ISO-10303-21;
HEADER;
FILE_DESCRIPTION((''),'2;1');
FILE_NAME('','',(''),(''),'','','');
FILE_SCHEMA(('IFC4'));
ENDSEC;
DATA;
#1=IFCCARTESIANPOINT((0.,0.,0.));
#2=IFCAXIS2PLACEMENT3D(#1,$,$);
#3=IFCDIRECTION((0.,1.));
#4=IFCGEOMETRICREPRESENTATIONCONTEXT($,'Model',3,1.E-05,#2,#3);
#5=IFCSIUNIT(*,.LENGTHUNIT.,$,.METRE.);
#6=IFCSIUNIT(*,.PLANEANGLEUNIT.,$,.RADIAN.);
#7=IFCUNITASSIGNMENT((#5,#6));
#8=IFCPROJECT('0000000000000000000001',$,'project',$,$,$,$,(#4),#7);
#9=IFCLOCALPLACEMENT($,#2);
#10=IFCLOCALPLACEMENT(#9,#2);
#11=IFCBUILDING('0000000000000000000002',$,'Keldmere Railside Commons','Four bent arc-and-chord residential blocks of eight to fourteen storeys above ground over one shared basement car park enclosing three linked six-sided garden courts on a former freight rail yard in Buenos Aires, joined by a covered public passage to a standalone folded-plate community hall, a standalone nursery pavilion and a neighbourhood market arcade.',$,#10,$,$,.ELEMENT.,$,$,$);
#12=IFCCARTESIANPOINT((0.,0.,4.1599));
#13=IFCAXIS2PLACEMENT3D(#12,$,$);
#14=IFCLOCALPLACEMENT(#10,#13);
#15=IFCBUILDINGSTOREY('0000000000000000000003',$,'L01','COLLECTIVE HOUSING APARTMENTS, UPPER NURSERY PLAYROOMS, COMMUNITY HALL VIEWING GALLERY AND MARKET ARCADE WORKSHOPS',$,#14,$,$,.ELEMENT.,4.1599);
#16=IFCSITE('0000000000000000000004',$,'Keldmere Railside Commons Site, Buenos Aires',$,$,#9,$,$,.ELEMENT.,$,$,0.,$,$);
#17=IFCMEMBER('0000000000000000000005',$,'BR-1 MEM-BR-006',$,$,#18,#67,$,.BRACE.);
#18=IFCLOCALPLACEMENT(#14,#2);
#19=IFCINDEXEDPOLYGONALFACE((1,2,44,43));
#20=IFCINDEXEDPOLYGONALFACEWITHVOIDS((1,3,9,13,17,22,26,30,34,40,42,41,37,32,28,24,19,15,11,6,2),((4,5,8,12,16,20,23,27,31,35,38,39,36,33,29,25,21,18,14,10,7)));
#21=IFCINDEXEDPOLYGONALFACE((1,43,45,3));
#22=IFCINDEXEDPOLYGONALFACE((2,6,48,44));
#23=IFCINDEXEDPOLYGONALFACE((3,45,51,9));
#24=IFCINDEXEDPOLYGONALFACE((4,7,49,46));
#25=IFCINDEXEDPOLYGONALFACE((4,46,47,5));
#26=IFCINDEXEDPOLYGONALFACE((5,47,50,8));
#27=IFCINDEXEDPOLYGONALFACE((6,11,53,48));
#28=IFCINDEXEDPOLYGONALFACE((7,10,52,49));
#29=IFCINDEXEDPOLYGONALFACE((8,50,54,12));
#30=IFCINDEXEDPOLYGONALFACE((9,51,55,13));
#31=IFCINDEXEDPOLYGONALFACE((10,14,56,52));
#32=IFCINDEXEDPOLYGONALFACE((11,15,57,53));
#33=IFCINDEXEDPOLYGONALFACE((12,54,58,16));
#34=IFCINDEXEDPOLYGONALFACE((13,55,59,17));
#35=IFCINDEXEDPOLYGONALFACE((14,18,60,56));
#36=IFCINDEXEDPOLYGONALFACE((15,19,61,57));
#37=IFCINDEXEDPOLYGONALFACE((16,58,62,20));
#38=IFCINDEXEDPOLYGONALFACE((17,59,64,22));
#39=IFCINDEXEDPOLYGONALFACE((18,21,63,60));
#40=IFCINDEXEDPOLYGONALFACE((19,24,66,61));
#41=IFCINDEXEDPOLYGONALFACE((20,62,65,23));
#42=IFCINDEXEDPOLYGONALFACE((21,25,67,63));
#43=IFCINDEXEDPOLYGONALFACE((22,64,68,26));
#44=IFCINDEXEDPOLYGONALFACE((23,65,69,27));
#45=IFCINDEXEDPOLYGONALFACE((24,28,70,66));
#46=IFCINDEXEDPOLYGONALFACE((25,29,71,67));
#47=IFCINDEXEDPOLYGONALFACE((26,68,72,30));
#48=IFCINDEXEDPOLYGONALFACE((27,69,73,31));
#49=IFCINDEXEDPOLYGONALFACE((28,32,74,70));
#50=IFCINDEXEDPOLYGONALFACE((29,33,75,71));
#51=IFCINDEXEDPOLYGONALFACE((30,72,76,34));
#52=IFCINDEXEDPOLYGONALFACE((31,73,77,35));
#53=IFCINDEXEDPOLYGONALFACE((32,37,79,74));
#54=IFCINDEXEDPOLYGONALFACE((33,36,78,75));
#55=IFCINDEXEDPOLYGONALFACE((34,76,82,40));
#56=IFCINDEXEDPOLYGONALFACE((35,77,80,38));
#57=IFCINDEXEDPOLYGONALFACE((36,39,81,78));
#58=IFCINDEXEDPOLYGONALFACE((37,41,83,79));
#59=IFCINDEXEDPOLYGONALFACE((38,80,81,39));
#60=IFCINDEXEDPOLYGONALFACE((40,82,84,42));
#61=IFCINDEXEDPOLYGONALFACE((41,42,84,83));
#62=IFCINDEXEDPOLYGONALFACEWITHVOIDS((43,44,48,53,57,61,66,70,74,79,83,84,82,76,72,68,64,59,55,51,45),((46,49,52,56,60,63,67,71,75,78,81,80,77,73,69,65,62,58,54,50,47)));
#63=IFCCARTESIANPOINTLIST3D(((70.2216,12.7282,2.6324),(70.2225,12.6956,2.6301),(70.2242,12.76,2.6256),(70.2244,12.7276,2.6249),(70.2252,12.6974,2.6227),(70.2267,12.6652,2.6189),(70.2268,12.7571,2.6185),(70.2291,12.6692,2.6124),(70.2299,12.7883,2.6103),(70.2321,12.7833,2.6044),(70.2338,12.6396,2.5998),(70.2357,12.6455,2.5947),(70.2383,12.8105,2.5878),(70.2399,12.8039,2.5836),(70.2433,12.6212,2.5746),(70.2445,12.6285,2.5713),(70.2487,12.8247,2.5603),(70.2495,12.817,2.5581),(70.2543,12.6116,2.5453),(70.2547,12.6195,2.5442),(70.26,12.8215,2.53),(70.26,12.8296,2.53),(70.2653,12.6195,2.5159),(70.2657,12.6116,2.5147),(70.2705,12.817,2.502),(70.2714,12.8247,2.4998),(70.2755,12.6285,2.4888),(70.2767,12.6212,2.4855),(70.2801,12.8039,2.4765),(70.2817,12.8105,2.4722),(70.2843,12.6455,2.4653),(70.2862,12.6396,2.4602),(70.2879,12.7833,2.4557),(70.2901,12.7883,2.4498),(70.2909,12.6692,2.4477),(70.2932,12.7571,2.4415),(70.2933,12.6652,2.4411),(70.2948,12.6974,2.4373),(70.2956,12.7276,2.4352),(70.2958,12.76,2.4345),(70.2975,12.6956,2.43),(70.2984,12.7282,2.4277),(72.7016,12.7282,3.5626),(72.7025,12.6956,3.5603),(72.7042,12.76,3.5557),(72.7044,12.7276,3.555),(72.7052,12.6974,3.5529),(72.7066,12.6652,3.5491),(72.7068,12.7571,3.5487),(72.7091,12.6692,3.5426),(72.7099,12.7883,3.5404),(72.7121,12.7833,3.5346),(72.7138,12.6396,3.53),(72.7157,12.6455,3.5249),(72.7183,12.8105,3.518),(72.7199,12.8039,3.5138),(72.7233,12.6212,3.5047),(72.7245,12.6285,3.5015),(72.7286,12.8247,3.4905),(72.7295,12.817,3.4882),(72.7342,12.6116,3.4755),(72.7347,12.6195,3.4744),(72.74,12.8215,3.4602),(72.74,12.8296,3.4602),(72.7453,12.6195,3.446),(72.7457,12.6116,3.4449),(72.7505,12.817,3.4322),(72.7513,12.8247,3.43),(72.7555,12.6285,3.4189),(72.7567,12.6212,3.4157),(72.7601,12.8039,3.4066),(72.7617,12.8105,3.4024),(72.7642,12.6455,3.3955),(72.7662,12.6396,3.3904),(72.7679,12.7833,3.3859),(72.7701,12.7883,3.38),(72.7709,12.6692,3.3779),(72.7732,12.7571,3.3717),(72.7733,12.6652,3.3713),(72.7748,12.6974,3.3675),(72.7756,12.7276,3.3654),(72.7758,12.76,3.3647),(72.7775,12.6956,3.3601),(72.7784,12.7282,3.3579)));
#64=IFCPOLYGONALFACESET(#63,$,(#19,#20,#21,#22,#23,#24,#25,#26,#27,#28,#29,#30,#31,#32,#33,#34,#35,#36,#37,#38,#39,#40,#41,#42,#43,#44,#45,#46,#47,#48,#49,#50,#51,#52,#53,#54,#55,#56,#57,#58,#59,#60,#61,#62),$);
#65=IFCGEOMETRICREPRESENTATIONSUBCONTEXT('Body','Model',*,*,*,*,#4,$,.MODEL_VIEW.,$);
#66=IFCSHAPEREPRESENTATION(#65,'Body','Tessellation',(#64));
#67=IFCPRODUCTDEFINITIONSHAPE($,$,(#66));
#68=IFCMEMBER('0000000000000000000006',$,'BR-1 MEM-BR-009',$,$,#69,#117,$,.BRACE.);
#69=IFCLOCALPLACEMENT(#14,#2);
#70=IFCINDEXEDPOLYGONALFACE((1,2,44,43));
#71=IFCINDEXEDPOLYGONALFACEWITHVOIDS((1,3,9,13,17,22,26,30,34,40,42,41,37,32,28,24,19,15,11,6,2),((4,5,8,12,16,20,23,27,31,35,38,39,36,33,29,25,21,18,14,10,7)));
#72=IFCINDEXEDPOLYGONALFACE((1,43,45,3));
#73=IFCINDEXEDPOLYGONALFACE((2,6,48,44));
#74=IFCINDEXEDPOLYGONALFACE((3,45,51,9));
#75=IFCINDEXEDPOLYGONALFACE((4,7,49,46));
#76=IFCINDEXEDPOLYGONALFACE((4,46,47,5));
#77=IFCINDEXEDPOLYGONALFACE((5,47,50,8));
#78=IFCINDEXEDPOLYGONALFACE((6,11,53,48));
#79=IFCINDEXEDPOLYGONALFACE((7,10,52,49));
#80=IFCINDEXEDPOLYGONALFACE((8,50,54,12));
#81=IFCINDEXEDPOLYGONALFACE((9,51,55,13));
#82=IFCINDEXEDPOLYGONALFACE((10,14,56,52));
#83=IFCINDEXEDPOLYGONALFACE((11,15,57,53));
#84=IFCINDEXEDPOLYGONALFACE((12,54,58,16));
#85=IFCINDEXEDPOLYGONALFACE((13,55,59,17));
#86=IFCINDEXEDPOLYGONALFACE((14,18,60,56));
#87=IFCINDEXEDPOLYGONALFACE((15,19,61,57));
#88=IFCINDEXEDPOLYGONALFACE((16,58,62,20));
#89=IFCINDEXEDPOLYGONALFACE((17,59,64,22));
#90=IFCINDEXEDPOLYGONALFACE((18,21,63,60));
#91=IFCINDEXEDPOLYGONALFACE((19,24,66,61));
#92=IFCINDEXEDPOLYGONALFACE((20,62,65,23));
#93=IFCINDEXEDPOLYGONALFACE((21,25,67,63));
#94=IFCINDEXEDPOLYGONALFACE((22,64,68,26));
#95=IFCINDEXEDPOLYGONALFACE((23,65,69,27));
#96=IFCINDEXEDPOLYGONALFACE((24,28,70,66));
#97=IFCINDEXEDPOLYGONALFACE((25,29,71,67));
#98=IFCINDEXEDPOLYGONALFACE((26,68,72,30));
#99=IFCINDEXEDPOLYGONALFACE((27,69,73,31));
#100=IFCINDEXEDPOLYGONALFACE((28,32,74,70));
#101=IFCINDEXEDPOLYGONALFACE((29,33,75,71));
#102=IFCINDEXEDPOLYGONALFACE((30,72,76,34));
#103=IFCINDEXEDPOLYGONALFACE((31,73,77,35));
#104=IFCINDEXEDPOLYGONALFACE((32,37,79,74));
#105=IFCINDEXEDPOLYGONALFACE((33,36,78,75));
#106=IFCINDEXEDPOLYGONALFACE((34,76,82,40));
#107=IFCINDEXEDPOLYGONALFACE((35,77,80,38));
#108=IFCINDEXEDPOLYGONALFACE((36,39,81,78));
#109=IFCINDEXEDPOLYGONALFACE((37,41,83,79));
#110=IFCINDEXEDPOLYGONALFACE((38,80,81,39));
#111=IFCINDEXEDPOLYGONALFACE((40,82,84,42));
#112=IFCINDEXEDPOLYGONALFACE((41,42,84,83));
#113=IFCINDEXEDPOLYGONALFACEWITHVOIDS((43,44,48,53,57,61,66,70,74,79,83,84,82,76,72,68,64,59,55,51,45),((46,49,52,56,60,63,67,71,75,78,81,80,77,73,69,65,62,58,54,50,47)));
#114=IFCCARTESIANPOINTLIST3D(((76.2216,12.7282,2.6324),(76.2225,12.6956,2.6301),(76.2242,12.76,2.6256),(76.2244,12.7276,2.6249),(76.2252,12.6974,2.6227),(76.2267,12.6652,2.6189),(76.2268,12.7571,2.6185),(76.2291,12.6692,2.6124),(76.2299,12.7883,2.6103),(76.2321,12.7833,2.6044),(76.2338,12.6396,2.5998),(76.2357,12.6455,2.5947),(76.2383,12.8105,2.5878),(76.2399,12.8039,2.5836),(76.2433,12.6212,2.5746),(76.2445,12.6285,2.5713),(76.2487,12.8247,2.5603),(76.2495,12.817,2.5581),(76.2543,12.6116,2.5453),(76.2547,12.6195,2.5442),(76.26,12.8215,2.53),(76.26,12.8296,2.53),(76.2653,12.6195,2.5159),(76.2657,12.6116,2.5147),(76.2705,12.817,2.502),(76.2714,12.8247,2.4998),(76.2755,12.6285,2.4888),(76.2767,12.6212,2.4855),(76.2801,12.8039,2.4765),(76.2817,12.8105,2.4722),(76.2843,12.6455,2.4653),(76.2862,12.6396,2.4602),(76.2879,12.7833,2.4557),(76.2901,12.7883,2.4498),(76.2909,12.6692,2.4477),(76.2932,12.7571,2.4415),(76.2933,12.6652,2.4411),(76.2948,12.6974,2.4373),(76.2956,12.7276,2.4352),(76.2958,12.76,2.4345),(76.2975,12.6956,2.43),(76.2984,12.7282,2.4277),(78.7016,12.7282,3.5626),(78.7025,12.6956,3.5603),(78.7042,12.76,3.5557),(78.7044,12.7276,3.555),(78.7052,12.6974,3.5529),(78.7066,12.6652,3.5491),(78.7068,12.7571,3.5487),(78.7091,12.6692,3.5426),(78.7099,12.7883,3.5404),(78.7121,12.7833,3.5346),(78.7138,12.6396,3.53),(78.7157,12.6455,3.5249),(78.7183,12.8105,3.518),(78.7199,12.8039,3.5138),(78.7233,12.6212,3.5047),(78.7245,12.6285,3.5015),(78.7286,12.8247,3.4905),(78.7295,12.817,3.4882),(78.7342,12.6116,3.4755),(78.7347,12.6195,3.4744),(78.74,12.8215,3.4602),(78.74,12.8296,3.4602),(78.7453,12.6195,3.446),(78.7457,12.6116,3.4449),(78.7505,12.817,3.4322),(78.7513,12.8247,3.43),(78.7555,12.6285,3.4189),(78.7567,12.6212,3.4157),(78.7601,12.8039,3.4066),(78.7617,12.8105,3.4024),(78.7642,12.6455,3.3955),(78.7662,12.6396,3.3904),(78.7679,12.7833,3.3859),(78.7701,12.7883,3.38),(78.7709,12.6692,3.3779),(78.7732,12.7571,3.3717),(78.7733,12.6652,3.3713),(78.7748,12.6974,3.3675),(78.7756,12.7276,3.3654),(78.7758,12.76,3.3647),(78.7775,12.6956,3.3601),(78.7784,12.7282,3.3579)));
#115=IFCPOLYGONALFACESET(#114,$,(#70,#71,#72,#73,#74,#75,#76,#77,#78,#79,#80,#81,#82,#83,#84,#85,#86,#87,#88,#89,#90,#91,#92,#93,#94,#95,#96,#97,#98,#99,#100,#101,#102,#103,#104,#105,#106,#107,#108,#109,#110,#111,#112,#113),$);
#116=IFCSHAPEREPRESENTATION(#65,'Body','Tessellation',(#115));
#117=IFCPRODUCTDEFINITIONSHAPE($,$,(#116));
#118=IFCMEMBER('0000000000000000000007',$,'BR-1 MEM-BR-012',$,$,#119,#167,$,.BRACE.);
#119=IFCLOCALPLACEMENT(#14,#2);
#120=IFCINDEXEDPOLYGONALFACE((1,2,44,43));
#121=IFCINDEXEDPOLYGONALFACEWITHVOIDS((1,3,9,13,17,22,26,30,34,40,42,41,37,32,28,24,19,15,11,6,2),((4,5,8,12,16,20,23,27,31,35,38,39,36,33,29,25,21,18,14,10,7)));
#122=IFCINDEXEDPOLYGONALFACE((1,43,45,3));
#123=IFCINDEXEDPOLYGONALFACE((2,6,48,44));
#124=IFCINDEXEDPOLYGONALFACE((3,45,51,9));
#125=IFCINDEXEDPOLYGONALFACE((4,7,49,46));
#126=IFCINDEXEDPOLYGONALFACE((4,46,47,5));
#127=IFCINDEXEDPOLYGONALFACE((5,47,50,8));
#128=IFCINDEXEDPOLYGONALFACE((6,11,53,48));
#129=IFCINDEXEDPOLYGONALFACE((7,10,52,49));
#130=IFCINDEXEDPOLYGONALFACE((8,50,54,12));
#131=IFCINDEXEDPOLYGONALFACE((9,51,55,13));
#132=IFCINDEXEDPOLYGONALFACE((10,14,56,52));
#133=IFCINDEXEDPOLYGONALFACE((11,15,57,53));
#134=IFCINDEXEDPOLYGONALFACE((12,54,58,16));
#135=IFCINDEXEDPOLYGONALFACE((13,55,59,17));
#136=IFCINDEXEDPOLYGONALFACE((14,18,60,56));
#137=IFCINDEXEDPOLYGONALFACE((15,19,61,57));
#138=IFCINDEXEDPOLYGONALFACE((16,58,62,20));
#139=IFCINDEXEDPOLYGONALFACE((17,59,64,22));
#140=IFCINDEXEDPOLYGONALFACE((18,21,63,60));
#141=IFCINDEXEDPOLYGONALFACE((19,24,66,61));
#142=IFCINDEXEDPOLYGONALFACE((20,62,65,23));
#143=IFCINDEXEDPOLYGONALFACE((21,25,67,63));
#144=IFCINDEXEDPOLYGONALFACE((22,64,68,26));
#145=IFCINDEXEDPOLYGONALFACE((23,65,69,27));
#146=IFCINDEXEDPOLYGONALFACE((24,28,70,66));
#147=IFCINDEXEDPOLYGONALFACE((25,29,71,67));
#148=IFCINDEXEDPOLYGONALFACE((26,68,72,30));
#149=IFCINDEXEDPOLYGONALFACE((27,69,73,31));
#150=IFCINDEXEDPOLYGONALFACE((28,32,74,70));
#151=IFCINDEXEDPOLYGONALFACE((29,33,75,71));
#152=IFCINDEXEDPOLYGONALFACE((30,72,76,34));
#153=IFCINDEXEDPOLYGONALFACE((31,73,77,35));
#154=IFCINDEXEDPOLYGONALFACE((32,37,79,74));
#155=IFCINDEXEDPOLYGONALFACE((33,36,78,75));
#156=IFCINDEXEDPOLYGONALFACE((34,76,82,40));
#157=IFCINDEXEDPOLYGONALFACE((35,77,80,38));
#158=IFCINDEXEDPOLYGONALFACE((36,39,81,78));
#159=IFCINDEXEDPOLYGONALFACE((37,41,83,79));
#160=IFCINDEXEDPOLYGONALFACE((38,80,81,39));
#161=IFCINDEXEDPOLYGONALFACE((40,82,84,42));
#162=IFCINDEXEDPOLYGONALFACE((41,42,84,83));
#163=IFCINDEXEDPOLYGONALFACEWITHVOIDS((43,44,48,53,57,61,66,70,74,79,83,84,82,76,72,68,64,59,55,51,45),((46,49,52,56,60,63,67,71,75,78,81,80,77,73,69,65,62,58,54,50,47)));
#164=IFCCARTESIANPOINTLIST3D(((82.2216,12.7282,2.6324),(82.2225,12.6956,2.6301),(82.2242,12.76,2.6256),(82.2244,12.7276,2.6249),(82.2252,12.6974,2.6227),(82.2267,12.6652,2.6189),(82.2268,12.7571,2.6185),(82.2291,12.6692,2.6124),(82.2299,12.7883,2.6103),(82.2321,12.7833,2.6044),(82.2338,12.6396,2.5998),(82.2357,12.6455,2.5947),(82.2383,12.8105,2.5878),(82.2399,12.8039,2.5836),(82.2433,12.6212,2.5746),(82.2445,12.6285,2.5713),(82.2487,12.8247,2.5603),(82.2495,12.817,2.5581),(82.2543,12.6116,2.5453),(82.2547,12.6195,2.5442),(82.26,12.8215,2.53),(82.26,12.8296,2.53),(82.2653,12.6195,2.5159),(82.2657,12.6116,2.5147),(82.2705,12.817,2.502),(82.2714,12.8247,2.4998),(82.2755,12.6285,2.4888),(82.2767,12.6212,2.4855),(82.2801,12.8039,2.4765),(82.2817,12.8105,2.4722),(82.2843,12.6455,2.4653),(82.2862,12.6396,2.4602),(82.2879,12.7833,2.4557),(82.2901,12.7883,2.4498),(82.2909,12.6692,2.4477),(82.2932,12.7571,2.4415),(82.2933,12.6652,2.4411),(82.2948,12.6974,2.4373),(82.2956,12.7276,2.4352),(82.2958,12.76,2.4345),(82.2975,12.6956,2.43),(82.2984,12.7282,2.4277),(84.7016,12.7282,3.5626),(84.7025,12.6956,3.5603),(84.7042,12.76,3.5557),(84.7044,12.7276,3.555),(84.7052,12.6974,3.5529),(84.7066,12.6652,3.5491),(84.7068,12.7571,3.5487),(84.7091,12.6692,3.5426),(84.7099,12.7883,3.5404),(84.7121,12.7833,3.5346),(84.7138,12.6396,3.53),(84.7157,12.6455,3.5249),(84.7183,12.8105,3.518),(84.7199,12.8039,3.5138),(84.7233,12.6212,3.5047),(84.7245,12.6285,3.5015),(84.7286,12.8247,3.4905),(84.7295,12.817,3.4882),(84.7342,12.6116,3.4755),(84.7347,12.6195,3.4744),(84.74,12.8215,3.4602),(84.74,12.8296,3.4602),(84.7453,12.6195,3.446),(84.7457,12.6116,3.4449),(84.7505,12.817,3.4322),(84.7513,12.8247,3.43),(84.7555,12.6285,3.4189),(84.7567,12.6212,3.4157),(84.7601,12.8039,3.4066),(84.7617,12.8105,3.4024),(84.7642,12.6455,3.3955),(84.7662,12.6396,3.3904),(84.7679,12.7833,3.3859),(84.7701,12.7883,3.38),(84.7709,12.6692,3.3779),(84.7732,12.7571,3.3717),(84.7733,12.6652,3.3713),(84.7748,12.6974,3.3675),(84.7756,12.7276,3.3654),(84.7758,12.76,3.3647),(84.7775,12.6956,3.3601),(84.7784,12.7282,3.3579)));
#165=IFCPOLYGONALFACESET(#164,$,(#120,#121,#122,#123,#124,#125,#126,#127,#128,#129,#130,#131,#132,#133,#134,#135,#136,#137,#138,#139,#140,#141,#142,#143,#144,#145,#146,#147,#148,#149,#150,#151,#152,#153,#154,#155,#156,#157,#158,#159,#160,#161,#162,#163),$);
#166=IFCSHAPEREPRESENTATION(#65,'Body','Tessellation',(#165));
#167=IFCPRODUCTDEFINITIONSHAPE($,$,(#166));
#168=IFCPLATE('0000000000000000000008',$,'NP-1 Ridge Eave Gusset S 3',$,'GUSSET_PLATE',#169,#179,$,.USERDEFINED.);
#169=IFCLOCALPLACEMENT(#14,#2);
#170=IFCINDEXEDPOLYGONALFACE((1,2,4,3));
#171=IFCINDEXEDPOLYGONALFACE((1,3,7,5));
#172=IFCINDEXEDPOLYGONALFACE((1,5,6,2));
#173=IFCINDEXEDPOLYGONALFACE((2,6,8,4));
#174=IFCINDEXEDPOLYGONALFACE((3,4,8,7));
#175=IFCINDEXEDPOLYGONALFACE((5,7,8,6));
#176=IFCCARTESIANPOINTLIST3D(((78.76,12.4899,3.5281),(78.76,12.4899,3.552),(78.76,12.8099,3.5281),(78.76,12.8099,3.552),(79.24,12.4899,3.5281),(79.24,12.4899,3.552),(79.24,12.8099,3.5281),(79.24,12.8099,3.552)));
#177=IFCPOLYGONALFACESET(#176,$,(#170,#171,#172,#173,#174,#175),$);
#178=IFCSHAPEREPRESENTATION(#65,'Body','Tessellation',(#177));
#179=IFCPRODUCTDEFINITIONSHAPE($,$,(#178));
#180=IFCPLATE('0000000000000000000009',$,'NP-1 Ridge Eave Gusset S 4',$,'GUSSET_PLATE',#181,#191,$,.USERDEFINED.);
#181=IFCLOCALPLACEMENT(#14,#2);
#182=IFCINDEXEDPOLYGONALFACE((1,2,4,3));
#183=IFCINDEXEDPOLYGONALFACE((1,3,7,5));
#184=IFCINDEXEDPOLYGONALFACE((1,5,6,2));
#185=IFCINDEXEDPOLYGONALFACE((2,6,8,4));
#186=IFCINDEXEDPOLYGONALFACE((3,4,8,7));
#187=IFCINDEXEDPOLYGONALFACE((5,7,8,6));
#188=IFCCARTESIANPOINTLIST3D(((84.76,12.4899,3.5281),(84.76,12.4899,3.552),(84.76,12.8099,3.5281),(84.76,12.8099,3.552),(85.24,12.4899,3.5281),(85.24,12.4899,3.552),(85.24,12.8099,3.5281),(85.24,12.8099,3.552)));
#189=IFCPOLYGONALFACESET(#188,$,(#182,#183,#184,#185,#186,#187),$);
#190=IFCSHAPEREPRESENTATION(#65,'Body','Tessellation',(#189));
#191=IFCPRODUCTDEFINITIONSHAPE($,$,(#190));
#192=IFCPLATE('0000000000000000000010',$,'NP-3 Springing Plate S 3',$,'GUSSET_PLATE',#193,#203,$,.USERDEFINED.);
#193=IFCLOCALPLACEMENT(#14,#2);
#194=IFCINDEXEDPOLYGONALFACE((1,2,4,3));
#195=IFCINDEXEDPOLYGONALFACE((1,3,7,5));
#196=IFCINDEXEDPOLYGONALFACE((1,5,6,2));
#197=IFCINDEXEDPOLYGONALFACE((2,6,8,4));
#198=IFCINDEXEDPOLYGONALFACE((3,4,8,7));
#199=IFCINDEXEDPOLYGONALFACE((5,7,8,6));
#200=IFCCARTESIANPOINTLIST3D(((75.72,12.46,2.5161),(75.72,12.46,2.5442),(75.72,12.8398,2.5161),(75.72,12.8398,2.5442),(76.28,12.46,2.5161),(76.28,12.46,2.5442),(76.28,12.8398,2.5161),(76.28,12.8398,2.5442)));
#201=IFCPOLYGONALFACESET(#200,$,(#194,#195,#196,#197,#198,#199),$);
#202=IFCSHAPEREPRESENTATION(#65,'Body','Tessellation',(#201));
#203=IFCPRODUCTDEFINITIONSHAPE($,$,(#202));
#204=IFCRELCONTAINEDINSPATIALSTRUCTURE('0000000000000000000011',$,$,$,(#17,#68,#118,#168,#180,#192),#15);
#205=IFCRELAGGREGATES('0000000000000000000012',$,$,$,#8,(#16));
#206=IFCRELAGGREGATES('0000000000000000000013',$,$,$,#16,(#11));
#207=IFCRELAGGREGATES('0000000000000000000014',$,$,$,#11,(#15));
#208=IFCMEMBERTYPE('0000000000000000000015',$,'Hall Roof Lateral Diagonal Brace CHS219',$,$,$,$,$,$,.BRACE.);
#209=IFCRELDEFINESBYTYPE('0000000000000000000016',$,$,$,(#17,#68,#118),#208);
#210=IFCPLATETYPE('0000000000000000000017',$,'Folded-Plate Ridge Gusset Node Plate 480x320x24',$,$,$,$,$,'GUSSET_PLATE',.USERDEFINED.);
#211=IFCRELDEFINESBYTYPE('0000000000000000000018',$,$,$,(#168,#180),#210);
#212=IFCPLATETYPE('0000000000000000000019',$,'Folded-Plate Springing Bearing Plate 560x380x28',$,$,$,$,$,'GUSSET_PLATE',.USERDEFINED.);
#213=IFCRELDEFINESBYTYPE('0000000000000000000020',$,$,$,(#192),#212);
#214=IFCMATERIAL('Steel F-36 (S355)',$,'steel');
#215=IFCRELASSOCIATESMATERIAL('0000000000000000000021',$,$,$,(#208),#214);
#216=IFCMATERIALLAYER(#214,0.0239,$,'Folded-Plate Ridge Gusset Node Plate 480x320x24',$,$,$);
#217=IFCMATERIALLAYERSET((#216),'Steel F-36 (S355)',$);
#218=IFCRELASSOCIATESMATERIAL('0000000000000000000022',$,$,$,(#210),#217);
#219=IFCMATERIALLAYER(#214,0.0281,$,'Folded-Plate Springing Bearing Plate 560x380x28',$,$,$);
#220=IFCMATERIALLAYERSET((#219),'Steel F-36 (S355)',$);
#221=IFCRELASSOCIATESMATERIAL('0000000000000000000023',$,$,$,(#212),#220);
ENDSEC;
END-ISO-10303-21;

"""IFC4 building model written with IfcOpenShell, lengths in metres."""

from ifc_helpers import new_model, si_unit, direction, frame, origin, origin_2d, place, context, subcontext, project, spatial, rectangle, hollow_circle, extrude, material, layer, layer_set, material_profile, profile_set, type_object, element, save


model = new_model("IFC4")

# Units and contexts
model_context = context("Model", 3, precision=1e-05, world=origin(), true_north=direction((0.0, 1.0)))
body_context = subcontext(model_context, "Body", "Model", "MODEL_VIEW")
ifc_project = project(units=[si_unit("LENGTHUNIT", "METRE"), si_unit("PLANEANGLEUNIT", "RADIAN")], contexts=[model_context])

# Site, building, storey
site_placement = place(None, origin())
site = spatial("IfcSite", under=ifc_project, at=site_placement, Name="Keldmere Railside Commons Site, Buenos Aires", CompositionType="ELEMENT", RefElevation=0.0)
building_placement = place(site_placement, origin())
building = spatial("IfcBuilding", under=site, at=building_placement, Name="Keldmere Railside Commons", Description="Four bent arc-and-chord residential blocks of eight to fourteen storeys above ground over one shared basement car park enclosing three linked six-sided garden courts on a former freight rail yard in Buenos Aires, joined by a covered public passage to a standalone folded-plate community hall, a standalone nursery pavilion and a neighbourhood market arcade.", CompositionType="ELEMENT")
storey_placement = place(building_placement, frame((0.0, 0.0, 4.1599)))
storey = spatial("IfcBuildingStorey", under=building, at=storey_placement, Name="L01", Description="COLLECTIVE HOUSING APARTMENTS, UPPER NURSERY PLAYROOMS, COMMUNITY HALL VIEWING GALLERY AND MARKET ARCADE WORKSHOPS", CompositionType="ELEMENT", Elevation=4.1599)

# Shared definitions
ifc_material = material(Name="Steel F-36 (S355)", Category="steel")

# Members
ifc_material_profile_1 = material_profile(ifc_material, hollow_circle(Radius=0.1096, WallThickness=0.0081, at=origin_2d()), Name="CHS-219x8")
ifc_profile_set_1 = profile_set([ifc_material_profile_1], Name="Steel F-36 (S355)")
member_type_1 = type_object("IfcMemberType", Name="Hall Roof Lateral Diagonal Brace CHS219", PredefinedType="BRACE", material=ifc_profile_set_1)
for number, where, z_axis, x_axis, name in (
    (1, (70.26, 12.72, 2.53), (0.936306, 0.0, 0.351184), (0.0, 1.0, 0.0), "BR-1 MEM-BR-006"),
    (2, (76.26, 12.72, 2.53), (0.936306, 0.0, 0.351184), (0.0, 1.0, 0.0), "BR-1 MEM-BR-009"),
    (3, (82.26, 12.72, 2.53), (0.936306, 0.0, 0.351184), (0.0, 1.0, 0.0), "BR-1 MEM-BR-012"),
):
    element("IfcMember", number, at=place(storey_placement, frame(where, z_axis=z_axis, x_axis=x_axis)), inside=storey, type_object=member_type_1, Name=name, PredefinedType="BRACE", context=body_context, shape_type="SweptSolid", body=[
        extrude(hollow_circle(Radius=0.1096, WallThickness=0.0081, at=origin_2d()), origin(), (0.0, 0.0, 1.0), 2.6487),
    ])

# Plates
ifc_layer_1 = layer(ifc_material, 0.0239, Name="Folded-Plate Ridge Gusset Node Plate 480x320x24")
ifc_layer_set_1 = layer_set([ifc_layer_1], Name="Steel F-36 (S355)")
plate_type_1 = type_object("IfcPlateType", Name="Folded-Plate Ridge Gusset Node Plate 480x320x24", ElementType="GUSSET_PLATE", PredefinedType="USERDEFINED", material=ifc_layer_set_1)
for number, where, z_axis, x_axis, name in (
    (4, (79.0, 12.6499, 3.5281), (0.0, 0.0, 1.0), (1.0, 0.0, 0.0), "NP-1 Ridge Eave Gusset S 3"),
    (5, (85.0, 12.6499, 3.5281), (0.0, 0.0, 1.0), (1.0, 0.0, 0.0), "NP-1 Ridge Eave Gusset S 4"),
):
    element("IfcPlate", number, at=place(storey_placement, frame(where, z_axis=z_axis, x_axis=x_axis)), inside=storey, type_object=plate_type_1, Name=name, ObjectType="GUSSET_PLATE", PredefinedType="USERDEFINED", context=body_context, shape_type="SweptSolid", body=[
        extrude(rectangle(XDim=0.48, YDim=0.3201, at=origin_2d()), origin(), (0.0, 0.0, 1.0), 0.0239),
    ])
ifc_layer_2 = layer(ifc_material, 0.0281, Name="Folded-Plate Springing Bearing Plate 560x380x28")
ifc_layer_set_2 = layer_set([ifc_layer_2], Name="Steel F-36 (S355)")
plate_type_2 = type_object("IfcPlateType", Name="Folded-Plate Springing Bearing Plate 560x380x28", ElementType="GUSSET_PLATE", PredefinedType="USERDEFINED", material=ifc_layer_set_2)
for number, where, z_axis, x_axis, name in (
    (6, (76.0, 12.6499, 2.5161), (0.0, 0.0, 1.0), (1.0, 0.0, 0.0), "NP-3 Springing Plate S 3"),
):
    element("IfcPlate", number, at=place(storey_placement, frame(where, z_axis=z_axis, x_axis=x_axis)), inside=storey, type_object=plate_type_2, Name=name, ObjectType="GUSSET_PLATE", PredefinedType="USERDEFINED", context=body_context, shape_type="SweptSolid", body=[
        extrude(rectangle(XDim=0.5601, YDim=0.3799, at=origin_2d()), origin(), (0.0, 0.0, 1.0), 0.0281),
    ])

save(model, "model.ifc")
